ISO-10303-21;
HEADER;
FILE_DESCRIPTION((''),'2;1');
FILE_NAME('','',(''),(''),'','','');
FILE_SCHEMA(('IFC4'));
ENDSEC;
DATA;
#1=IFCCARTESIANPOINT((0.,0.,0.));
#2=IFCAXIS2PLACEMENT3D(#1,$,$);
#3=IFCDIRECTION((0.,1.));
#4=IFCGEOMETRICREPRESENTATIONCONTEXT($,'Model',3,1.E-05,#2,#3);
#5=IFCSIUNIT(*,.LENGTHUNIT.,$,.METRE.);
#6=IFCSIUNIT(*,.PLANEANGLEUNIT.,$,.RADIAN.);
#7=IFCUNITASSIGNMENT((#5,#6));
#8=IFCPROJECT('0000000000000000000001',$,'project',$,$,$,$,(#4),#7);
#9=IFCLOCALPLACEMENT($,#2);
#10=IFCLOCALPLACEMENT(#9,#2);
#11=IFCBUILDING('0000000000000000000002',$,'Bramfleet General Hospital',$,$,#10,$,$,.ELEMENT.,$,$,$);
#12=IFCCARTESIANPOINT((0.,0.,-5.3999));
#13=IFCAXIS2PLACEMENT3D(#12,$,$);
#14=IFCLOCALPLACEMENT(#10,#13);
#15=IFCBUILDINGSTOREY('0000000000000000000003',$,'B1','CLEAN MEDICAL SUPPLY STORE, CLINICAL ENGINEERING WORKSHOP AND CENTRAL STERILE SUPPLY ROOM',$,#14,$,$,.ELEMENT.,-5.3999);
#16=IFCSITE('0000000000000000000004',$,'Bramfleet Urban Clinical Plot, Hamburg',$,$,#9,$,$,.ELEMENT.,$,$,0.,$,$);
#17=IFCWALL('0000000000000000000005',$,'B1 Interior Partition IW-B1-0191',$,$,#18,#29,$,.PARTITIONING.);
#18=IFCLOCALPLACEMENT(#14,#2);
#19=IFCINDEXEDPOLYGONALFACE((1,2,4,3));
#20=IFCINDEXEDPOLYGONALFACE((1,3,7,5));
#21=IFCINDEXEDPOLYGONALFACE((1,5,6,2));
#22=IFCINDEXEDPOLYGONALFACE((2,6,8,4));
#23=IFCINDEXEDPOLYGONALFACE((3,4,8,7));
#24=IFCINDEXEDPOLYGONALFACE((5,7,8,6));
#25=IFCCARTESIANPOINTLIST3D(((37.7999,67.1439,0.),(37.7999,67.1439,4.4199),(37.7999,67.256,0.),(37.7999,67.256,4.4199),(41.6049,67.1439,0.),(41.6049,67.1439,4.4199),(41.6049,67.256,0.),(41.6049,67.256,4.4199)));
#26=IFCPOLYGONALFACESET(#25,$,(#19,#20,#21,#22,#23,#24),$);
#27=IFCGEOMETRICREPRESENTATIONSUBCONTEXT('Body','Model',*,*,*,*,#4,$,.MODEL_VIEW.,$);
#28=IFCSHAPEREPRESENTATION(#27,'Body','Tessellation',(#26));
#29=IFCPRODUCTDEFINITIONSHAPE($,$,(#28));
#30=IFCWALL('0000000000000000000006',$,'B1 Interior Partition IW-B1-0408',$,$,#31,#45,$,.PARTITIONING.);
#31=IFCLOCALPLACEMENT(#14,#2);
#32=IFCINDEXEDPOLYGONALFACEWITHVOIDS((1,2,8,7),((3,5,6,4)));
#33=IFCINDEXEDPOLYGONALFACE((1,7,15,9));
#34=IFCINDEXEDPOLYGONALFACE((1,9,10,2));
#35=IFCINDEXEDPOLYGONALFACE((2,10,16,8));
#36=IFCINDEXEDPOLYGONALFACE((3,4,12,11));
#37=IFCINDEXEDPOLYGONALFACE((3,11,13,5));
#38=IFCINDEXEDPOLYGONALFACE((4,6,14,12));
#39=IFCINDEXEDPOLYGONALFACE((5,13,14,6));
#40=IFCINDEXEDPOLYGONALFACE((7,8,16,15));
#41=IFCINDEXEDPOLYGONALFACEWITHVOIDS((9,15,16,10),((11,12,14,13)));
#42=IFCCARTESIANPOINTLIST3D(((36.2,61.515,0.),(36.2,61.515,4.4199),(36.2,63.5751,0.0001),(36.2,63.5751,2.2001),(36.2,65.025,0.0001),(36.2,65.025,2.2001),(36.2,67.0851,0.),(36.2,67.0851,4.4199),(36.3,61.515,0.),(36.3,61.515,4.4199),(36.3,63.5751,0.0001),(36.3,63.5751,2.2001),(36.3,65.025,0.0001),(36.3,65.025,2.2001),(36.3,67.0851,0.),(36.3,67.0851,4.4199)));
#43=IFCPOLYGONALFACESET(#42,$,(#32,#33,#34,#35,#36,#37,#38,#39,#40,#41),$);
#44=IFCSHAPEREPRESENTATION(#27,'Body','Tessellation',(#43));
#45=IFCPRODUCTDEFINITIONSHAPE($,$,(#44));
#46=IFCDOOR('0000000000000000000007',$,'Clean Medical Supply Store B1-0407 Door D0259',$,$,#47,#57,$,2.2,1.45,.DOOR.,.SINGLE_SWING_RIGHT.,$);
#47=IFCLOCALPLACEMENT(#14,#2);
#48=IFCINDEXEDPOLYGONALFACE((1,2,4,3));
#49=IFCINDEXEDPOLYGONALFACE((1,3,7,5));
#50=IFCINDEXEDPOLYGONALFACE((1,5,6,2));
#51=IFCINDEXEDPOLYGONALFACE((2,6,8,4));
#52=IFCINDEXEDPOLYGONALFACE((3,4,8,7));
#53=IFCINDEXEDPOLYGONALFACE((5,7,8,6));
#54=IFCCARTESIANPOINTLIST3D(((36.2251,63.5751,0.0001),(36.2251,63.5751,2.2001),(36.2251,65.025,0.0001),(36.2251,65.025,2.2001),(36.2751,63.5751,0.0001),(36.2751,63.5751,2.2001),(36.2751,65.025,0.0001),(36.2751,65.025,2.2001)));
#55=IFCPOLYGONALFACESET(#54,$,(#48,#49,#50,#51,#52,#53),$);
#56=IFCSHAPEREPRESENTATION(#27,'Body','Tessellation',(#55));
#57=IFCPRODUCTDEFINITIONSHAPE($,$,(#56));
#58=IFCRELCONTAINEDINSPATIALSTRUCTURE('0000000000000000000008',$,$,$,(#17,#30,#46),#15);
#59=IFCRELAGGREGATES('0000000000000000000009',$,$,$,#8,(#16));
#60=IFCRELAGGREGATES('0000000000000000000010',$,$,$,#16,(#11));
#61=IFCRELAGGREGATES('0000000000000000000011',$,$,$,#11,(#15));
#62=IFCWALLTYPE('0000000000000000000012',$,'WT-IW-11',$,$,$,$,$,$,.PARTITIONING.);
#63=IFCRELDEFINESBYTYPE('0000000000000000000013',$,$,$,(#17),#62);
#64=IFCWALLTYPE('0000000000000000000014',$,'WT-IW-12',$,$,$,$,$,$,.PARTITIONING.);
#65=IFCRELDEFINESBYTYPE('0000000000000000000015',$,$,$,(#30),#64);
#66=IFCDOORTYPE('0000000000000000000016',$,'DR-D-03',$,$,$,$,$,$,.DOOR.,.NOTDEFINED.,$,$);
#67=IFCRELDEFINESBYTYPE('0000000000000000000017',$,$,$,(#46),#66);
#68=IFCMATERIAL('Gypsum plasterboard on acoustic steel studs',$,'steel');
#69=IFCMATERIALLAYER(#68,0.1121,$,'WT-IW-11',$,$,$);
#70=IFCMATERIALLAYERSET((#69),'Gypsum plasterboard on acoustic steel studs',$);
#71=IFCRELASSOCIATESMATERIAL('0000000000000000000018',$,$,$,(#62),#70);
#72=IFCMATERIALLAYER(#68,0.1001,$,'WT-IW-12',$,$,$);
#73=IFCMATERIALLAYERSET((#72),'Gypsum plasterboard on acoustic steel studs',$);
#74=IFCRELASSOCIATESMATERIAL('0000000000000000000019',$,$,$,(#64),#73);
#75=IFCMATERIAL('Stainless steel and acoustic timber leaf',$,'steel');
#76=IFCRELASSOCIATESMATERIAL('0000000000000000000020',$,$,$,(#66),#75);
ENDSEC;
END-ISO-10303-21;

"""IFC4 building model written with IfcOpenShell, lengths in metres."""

from ifc_helpers import new_model, si_unit, direction, frame, frame_2d, origin, place, context, subcontext, project, spatial, rectangle, extrude, material, layer, layer_set, type_object, element, fill, save


model = new_model("IFC4")

# Units and contexts
model_context = context("Model", 3, precision=1e-05, world=origin(), true_north=direction((0.0, 1.0)))
body_context = subcontext(model_context, "Body", "Model", "MODEL_VIEW")
ifc_project = project(units=[si_unit("LENGTHUNIT", "METRE"), si_unit("PLANEANGLEUNIT", "RADIAN")], contexts=[model_context])

# Site, building, storey
site_placement = place(None, origin())
site = spatial("IfcSite", under=ifc_project, at=site_placement, Name="Bramfleet Urban Clinical Plot, Hamburg", CompositionType="ELEMENT", RefElevation=0.0)
building_placement = place(site_placement, origin())
building = spatial("IfcBuilding", under=site, at=building_placement, Name="Bramfleet General Hospital", CompositionType="ELEMENT")
storey_placement = place(building_placement, frame((0.0, 0.0, -5.3999)))
storey = spatial("IfcBuildingStorey", under=building, at=storey_placement, Name="B1", Description="CLEAN MEDICAL SUPPLY STORE, CLINICAL ENGINEERING WORKSHOP AND CENTRAL STERILE SUPPLY ROOM", CompositionType="ELEMENT", Elevation=-5.3999)

# Shared definitions
ifc_material_1 = material(Name="Stainless steel and acoustic timber leaf", Category="steel")

# Wall
ifc_material_2 = material(Name="Gypsum plasterboard on acoustic steel studs", Category="steel")
ifc_layer_1 = layer(ifc_material_2, 0.1121, Name="WT-IW-11")
ifc_layer_set_1 = layer_set([ifc_layer_1], Name="Gypsum plasterboard on acoustic steel studs")
wall_type_1 = type_object("IfcWallType", Name="WT-IW-11", PredefinedType="PARTITIONING", material=ifc_layer_set_1)
wall_1_placement = place(storey_placement, frame((37.8, 67.2, 0.0), z_axis=(0.0, 0.0, 1.0), x_axis=(1.0, 0.0, 0.0)))
element("IfcWall", 1, at=wall_1_placement, inside=storey, type_object=wall_type_1, Name="B1 Interior Partition IW-B1-0191", PredefinedType="PARTITIONING", context=body_context, shape_type="SweptSolid", body=[
    extrude(rectangle(XDim=3.8049, YDim=0.1121, at=frame_2d((1.9023, 0.0))), origin(), (0.0, 0.0, 1.0), 4.4199),
])

# Wall, opening, door
ifc_layer_2 = layer(ifc_material_2, 0.1001, Name="WT-IW-12")
ifc_layer_set_2 = layer_set([ifc_layer_2], Name="Gypsum plasterboard on acoustic steel studs")
wall_type_2 = type_object("IfcWallType", Name="WT-IW-12", PredefinedType="PARTITIONING", material=ifc_layer_set_2)
wall_2_placement = place(storey_placement, frame((36.25, 61.5149, 0.0), z_axis=(0.0, 0.0, 1.0), x_axis=(0.0, 1.0, 0.0)))
wall_2 = element("IfcWall", 2, at=wall_2_placement, inside=storey, type_object=wall_type_2, Name="B1 Interior Partition IW-B1-0408", PredefinedType="PARTITIONING", context=body_context, shape_type="SweptSolid", body=[
    extrude(rectangle(XDim=5.5701, YDim=0.1001, at=frame_2d((2.7852, 0.0))), origin(), (0.0, 0.0, 1.0), 4.4199),
])
opening_1_placement = place(wall_2_placement, frame((2.0601, 0.0, 0.0)))
opening_1 = element("IfcOpeningElement", 3, at=opening_1_placement, cuts=wall_2, PredefinedType="OPENING", context=body_context, shape_type="SweptSolid", body=[
    extrude(rectangle(XDim=1.45, YDim=2.2, at=frame_2d((0.7251, 1.1001))), frame((0.0, 0.0601, 0.0), z_axis=(0.0, -1.0, 0.0), x_axis=(1.0, 0.0, 0.0)), (0.0, 0.0, 1.0), 0.1201),
])
door_type_1 = type_object("IfcDoorType", Name="DR-D-03", OperationType="NOTDEFINED", PredefinedType="DOOR", material=ifc_material_1)
door_1_placement = place(opening_1_placement, origin())
door_1 = element("IfcDoor", 4, at=door_1_placement, inside=storey, type_object=door_type_1, Name="Clean Medical Supply Store B1-0407 Door D0259", OperationType="SINGLE_SWING_RIGHT", OverallHeight=2.2, OverallWidth=1.45, PredefinedType="DOOR", context=body_context, shape_type="SweptSolid", body=[
    extrude(rectangle(XDim=1.45, YDim=2.2, at=frame_2d((0.7251, 1.1001))), frame((0.0, 0.0249, 0.0), z_axis=(0.0, -1.0, 0.0), x_axis=(1.0, 0.0, 0.0)), (0.0, 0.0, 1.0), 0.05),
])
fill(opening_1, door_1)

save(model, "model.ifc")
